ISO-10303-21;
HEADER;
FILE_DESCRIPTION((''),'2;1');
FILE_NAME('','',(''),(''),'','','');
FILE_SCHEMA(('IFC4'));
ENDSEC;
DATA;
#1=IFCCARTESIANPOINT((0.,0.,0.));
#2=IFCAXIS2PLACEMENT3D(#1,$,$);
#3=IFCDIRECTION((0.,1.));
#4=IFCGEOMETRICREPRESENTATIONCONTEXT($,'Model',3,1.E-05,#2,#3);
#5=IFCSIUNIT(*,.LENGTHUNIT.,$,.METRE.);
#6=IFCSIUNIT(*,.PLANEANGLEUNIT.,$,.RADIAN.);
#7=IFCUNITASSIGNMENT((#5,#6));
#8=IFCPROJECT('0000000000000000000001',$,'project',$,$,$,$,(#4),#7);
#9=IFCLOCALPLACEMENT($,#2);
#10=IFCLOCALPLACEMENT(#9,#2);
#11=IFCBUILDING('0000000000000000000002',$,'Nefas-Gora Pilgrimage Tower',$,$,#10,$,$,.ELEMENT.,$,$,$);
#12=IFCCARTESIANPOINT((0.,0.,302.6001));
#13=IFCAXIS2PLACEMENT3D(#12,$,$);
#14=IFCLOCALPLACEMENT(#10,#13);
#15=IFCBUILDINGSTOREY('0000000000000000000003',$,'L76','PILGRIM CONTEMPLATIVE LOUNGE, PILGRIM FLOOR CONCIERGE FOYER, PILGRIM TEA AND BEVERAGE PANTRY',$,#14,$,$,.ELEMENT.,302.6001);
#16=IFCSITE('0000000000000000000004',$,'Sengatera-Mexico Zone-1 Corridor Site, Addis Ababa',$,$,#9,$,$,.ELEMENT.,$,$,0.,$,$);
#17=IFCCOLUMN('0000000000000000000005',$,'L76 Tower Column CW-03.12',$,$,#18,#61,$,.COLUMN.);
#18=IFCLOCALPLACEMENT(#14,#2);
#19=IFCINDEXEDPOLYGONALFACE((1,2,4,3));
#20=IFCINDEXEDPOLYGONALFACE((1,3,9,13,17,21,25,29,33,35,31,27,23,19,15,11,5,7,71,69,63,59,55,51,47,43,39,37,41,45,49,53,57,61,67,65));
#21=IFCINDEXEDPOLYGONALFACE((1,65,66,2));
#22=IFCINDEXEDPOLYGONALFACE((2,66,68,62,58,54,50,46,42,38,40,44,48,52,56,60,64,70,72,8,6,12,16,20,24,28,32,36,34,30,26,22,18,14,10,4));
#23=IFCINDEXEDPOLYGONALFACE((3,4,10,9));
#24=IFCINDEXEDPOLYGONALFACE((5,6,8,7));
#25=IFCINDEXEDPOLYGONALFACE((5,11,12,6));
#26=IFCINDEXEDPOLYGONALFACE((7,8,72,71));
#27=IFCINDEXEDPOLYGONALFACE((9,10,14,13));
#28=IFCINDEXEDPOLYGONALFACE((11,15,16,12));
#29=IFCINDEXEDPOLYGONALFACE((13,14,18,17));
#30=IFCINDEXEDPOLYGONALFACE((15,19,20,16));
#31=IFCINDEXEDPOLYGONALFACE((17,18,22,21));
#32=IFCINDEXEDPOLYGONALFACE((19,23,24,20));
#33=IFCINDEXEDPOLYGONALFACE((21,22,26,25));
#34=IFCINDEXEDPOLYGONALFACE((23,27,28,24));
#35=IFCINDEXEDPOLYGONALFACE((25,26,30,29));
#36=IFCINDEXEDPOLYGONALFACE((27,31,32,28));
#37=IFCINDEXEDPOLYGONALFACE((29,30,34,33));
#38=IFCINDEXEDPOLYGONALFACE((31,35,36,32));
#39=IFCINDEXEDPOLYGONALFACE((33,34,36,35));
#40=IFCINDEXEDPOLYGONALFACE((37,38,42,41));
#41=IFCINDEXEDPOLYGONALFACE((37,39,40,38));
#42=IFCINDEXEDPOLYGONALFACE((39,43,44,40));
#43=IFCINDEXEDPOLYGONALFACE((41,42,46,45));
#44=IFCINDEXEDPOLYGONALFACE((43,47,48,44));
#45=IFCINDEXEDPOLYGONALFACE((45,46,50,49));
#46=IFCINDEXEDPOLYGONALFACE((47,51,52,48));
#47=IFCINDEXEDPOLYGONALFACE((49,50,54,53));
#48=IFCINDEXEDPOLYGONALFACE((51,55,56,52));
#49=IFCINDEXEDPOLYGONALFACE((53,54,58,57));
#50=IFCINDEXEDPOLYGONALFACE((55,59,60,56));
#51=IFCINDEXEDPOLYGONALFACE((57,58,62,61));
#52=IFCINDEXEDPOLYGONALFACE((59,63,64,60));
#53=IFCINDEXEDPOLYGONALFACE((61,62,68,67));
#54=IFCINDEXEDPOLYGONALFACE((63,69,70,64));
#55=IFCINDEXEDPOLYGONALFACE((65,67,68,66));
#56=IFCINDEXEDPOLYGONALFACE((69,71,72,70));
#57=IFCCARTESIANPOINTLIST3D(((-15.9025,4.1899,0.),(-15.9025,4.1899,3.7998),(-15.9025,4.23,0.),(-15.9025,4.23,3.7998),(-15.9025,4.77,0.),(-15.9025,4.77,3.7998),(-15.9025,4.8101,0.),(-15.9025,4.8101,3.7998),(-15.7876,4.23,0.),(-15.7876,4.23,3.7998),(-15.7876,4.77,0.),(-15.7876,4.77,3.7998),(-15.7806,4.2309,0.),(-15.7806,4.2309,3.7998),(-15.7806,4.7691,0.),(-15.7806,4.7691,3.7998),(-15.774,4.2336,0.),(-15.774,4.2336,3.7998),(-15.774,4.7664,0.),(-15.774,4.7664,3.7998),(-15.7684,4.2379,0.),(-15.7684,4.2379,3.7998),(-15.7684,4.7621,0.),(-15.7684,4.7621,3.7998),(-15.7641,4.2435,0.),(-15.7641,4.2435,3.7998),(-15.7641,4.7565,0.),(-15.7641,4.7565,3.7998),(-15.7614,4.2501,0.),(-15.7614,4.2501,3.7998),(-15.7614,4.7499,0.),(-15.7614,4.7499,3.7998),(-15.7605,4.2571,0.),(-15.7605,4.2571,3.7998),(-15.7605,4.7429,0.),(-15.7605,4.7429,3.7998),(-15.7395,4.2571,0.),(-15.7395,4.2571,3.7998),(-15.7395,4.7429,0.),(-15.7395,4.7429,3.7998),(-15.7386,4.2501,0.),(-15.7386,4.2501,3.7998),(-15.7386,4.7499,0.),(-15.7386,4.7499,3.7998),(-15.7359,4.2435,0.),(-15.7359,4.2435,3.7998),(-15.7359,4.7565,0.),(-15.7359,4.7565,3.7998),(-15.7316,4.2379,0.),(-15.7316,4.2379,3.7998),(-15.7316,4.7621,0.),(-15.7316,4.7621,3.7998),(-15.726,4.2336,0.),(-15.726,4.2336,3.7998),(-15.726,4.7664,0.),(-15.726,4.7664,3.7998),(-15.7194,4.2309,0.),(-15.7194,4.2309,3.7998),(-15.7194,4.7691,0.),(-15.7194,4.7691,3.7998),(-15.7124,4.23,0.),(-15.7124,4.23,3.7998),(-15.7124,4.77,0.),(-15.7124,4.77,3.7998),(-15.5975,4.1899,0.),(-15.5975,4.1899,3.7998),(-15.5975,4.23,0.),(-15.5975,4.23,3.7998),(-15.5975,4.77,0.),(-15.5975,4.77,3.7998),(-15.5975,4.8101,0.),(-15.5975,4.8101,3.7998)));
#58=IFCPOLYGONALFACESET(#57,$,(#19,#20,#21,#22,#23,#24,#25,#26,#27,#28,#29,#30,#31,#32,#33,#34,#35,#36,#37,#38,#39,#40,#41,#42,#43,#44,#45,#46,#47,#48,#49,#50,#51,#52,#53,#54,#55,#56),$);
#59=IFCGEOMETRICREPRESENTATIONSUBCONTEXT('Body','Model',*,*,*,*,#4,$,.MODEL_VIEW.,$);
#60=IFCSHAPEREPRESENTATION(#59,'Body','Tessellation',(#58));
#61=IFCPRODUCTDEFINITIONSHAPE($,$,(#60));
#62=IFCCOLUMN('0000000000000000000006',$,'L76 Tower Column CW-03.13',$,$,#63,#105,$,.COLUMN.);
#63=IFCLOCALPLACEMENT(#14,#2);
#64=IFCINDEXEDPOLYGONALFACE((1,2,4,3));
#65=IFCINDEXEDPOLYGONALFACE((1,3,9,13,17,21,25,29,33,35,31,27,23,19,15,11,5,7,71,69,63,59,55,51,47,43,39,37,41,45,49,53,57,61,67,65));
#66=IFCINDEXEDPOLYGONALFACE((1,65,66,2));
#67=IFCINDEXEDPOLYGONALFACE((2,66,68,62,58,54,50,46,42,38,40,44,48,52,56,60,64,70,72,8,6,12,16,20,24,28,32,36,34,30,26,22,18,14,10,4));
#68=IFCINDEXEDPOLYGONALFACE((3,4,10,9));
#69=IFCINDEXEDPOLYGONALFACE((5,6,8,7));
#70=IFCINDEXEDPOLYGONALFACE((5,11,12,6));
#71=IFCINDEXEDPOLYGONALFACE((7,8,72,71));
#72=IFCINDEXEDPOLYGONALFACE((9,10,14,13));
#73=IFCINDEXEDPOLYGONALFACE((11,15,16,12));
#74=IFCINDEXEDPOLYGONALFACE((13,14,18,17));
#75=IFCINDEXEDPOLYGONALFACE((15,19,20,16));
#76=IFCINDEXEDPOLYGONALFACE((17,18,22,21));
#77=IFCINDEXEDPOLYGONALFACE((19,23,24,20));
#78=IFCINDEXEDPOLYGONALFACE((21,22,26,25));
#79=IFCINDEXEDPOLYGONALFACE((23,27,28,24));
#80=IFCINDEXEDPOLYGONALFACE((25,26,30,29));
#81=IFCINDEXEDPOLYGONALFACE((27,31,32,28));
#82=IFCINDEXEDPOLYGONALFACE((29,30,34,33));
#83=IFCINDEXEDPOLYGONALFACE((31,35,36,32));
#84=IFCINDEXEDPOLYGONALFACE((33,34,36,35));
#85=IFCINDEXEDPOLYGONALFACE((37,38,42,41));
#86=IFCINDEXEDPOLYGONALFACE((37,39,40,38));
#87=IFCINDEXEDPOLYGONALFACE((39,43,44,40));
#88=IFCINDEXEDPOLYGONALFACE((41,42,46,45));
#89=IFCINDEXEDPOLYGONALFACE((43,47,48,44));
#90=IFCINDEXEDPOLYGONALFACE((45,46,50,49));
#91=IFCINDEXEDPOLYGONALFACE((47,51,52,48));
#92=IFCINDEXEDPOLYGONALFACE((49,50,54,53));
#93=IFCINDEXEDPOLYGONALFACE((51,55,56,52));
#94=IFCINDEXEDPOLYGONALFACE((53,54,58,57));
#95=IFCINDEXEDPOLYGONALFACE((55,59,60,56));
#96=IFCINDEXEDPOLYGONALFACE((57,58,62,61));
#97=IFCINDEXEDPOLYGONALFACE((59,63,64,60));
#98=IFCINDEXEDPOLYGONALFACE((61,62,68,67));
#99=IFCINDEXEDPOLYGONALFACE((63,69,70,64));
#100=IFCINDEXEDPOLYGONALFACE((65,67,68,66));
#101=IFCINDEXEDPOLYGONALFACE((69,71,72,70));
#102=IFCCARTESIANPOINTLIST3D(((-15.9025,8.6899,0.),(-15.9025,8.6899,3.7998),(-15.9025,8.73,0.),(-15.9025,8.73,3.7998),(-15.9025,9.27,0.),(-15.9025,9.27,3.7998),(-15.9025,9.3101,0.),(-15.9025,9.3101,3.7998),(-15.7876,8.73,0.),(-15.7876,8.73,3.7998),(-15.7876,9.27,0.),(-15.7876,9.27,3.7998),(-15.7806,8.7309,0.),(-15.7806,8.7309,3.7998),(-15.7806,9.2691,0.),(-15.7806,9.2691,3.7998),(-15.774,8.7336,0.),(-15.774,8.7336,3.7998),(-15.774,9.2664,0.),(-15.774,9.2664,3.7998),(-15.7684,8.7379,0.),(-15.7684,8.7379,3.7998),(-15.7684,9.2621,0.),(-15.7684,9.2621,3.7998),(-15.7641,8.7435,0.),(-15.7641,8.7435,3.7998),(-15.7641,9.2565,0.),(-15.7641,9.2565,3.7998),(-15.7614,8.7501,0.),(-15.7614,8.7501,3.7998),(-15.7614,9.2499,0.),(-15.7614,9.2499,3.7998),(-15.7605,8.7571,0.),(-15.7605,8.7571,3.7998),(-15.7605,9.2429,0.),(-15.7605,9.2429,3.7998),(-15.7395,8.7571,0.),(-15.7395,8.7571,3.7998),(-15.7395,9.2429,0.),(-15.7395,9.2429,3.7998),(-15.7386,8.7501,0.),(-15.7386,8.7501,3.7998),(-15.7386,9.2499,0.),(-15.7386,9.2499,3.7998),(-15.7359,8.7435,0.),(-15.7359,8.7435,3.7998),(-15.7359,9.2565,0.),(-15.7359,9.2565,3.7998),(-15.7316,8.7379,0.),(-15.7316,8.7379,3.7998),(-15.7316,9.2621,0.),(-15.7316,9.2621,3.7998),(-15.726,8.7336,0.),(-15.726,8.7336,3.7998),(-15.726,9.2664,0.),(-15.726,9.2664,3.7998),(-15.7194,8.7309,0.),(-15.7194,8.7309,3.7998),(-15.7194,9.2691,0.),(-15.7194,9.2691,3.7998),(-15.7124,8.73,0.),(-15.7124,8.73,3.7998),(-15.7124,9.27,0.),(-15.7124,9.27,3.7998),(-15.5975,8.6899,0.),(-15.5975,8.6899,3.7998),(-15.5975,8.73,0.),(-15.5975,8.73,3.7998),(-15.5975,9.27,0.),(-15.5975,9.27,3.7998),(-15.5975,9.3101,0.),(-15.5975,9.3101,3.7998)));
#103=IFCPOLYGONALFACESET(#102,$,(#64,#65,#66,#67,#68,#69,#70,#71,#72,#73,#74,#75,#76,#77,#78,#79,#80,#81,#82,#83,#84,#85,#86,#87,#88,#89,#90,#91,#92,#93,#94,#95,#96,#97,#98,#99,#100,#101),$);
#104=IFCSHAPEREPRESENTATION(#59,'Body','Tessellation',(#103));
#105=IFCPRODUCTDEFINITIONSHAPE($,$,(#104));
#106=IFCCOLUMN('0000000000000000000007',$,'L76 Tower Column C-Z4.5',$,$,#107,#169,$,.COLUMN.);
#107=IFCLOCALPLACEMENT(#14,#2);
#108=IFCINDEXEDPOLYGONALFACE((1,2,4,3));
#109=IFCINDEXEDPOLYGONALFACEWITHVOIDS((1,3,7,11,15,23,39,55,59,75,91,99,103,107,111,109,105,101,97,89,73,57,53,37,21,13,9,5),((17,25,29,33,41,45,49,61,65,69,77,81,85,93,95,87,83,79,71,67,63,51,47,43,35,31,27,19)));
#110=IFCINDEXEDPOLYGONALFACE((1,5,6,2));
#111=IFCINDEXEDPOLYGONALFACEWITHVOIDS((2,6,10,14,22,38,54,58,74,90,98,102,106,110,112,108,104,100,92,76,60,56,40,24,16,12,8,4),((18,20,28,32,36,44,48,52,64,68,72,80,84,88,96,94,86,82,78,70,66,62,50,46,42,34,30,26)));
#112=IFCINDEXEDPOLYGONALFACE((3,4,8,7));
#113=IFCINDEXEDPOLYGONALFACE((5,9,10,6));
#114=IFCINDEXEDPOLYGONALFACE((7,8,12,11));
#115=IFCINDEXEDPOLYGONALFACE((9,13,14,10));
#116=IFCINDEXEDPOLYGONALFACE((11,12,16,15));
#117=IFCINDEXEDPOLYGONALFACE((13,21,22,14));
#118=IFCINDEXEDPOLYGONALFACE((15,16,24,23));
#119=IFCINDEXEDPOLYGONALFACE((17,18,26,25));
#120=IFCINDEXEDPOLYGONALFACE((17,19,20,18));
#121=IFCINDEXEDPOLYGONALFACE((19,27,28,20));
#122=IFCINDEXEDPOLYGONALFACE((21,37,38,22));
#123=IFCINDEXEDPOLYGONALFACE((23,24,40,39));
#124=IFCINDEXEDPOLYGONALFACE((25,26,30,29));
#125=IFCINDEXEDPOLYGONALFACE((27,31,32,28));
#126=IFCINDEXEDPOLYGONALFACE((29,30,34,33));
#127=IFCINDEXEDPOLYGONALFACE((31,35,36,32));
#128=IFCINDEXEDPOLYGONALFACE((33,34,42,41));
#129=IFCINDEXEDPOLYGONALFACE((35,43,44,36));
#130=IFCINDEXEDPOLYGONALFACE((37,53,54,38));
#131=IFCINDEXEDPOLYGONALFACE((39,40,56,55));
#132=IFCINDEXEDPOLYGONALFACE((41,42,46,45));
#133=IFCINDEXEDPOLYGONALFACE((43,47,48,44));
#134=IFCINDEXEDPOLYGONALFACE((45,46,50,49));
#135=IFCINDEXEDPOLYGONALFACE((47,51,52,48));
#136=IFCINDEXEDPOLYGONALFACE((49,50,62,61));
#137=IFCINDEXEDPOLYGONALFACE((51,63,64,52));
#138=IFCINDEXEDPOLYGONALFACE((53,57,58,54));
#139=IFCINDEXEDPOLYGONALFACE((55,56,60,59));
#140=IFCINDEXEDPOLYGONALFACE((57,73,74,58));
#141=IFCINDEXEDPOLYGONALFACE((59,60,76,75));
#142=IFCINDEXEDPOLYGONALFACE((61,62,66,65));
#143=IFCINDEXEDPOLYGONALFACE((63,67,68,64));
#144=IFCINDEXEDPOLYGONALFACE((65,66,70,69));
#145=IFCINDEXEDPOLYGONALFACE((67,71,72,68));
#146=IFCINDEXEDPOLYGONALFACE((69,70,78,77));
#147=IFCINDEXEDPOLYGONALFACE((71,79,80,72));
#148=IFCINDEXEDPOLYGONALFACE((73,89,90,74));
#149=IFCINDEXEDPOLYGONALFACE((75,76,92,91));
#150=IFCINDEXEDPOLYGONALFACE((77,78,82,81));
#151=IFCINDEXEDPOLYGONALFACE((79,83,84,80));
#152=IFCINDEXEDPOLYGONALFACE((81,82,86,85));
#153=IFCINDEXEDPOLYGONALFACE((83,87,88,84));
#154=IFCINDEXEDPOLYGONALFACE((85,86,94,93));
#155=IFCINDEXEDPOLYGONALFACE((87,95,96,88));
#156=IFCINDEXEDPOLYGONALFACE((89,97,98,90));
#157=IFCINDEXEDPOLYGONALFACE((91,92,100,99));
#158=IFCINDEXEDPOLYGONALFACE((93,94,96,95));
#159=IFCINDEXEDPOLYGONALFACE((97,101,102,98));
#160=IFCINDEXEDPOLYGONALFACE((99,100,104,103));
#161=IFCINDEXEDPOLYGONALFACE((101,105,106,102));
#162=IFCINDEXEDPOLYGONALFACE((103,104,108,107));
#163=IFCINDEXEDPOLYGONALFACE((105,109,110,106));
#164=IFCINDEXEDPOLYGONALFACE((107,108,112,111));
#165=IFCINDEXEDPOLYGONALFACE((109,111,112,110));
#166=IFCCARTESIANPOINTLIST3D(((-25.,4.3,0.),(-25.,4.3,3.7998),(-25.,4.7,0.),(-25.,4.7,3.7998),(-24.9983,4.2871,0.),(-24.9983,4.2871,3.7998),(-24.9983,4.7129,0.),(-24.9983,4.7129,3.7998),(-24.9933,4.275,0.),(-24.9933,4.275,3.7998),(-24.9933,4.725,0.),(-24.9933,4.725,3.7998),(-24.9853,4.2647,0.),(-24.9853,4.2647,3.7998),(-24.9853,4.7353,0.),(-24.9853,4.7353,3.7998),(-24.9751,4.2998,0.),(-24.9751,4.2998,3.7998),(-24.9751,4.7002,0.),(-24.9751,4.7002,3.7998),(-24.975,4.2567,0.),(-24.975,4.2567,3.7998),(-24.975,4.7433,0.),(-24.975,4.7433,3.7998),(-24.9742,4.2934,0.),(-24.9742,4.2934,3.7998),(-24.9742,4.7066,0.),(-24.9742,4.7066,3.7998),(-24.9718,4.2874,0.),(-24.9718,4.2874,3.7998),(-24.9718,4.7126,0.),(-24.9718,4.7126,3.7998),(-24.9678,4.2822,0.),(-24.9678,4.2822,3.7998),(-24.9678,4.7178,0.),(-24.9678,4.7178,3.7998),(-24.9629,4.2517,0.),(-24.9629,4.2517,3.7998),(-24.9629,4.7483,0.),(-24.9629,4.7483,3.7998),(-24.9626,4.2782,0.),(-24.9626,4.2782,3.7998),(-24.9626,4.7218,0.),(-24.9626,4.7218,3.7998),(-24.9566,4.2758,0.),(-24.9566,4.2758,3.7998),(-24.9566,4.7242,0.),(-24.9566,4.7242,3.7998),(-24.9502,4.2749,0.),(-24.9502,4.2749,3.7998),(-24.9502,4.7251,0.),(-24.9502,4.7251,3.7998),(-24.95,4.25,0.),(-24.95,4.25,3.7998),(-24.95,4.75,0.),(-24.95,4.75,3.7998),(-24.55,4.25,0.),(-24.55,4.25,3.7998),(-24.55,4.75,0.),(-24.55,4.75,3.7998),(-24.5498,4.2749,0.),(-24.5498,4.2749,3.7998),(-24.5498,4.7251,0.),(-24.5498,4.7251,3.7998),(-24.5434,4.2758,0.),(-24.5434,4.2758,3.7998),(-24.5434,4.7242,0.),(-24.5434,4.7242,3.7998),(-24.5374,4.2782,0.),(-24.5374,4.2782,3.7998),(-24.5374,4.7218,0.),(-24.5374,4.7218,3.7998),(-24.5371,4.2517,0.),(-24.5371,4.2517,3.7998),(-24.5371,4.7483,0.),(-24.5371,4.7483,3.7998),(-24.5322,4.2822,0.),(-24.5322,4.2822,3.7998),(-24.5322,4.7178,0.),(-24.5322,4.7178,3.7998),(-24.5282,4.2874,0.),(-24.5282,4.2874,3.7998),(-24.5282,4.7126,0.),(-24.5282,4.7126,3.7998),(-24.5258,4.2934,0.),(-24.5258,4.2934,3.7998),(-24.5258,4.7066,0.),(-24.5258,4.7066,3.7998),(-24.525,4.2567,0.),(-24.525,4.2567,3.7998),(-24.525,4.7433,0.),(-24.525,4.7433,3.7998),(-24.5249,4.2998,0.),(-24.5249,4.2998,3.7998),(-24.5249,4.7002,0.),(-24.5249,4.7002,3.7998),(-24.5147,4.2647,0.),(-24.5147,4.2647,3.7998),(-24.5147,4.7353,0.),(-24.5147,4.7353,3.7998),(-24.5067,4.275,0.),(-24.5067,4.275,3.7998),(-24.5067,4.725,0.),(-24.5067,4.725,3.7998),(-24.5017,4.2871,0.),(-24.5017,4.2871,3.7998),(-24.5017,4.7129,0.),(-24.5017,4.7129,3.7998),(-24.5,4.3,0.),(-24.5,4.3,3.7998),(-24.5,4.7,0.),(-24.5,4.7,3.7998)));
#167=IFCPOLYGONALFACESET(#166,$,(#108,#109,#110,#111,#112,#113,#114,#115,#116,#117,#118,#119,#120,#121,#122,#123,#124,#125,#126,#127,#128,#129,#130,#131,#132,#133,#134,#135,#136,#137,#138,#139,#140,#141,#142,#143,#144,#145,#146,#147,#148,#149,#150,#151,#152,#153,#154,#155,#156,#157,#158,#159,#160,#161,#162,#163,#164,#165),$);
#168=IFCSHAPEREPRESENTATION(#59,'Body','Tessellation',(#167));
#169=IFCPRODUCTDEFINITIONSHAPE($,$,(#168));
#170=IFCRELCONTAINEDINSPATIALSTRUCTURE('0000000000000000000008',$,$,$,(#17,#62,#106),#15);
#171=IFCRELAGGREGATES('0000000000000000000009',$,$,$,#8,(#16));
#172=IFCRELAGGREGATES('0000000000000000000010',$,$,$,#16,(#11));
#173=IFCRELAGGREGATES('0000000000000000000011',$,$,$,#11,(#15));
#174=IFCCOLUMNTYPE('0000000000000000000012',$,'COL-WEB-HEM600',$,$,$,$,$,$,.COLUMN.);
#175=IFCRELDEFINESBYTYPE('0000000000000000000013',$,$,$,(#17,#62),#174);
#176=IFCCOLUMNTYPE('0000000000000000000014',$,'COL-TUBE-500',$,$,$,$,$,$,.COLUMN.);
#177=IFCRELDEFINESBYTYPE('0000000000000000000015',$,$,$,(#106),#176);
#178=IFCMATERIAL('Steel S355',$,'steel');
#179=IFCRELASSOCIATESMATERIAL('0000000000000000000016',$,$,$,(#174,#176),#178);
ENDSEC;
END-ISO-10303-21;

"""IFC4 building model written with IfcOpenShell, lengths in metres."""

from ifc_helpers import new_model, si_unit, direction, frame, origin, origin_2d, place, context, subcontext, project, spatial, hollow_rectangle, i_section, extrude, source, transform, mapped, material, material_profile, profile_set, type_object, element, save


model = new_model("IFC4")

# Units and contexts
model_context = context("Model", 3, precision=1e-05, world=origin(), true_north=direction((0.0, 1.0)))
body_context = subcontext(model_context, "Body", "Model", "MODEL_VIEW")
ifc_project = project(units=[si_unit("LENGTHUNIT", "METRE"), si_unit("PLANEANGLEUNIT", "RADIAN")], contexts=[model_context])

# Site, building, storey
site_placement = place(None, origin())
site = spatial("IfcSite", under=ifc_project, at=site_placement, Name="Sengatera-Mexico Zone-1 Corridor Site, Addis Ababa", CompositionType="ELEMENT", RefElevation=0.0)
building_placement = place(site_placement, origin())
building = spatial("IfcBuilding", under=site, at=building_placement, Name="Nefas-Gora Pilgrimage Tower", CompositionType="ELEMENT")
storey_placement = place(building_placement, frame((0.0, 0.0, 302.6001)))
storey = spatial("IfcBuildingStorey", under=building, at=storey_placement, Name="L76", Description="PILGRIM CONTEMPLATIVE LOUNGE, PILGRIM FLOOR CONCIERGE FOYER, PILGRIM TEA AND BEVERAGE PANTRY", CompositionType="ELEMENT", Elevation=302.6001)

# Columns
ifc_material_1 = material(Name="Steel S355", Category="steel")
ifc_material_profile_1 = material_profile(ifc_material_1, i_section(OverallWidth=0.3049, OverallDepth=0.6201, WebThickness=0.021, FlangeThickness=0.04, FilletRadius=0.0271, at=origin_2d()), Name="HEM 600")
ifc_profile_set_1 = profile_set([ifc_material_profile_1], Name="Steel S355")
column_type_1 = type_object("IfcColumnType", Name="COL-WEB-HEM600", PredefinedType="COLUMN", material=ifc_profile_set_1)
shared_shape_1 = source(origin(), body_context, "Body", "SweptSolid", [
    extrude(i_section(OverallWidth=0.3049, OverallDepth=0.6201, WebThickness=0.021, FlangeThickness=0.04, FilletRadius=0.0271, at=origin_2d()), origin(), (0.0, 0.0, 1.0), 3.7998),
])
for number, where, z_axis, x_axis, name in (
    (1, (-15.75, 4.5, 0.0), (0.0, 0.0, 1.0), (1.0, 0.0, 0.0), "L76 Tower Column CW-03.12"),
    (2, (-15.75, 9.0, 0.0), (0.0, 0.0, 1.0), (1.0, 0.0, 0.0), "L76 Tower Column CW-03.13"),
):
    element("IfcColumn", number, at=place(storey_placement, frame(where, z_axis=z_axis, x_axis=x_axis)), inside=storey, type_object=column_type_1, Name=name, PredefinedType="COLUMN", context=body_context, shape_type="MappedRepresentation", body=[
        mapped(shared_shape_1, transform((0.0, 0.0, 0.0), x_axis=(1.0, 0.0, 0.0), y_axis=(0.0, 1.0, 0.0), z_axis=(0.0, 0.0, 1.0), scale=1.0)),
    ])
ifc_material_profile_2 = material_profile(ifc_material_1, hollow_rectangle(XDim=0.5, YDim=0.5, WallThickness=0.0249, InnerFilletRadius=0.0249, OuterFilletRadius=0.05, at=origin_2d()), Name="SHS 500x500x25")
ifc_profile_set_2 = profile_set([ifc_material_profile_2], Name="Steel S355")
column_type_2 = type_object("IfcColumnType", Name="COL-TUBE-500", PredefinedType="COLUMN", material=ifc_profile_set_2)
shared_shape_2 = source(origin(), body_context, "Body", "SweptSolid", [
    extrude(hollow_rectangle(XDim=0.5, YDim=0.5, WallThickness=0.0249, InnerFilletRadius=0.0249, OuterFilletRadius=0.05, at=origin_2d()), origin(), (0.0, 0.0, 1.0), 3.7998),
])
for number, where, z_axis, x_axis, name in (
    (3, (-24.75, 4.5, 0.0), (0.0, 0.0, 1.0), (1.0, 0.0, 0.0), "L76 Tower Column C-Z4.5"),
):
    element("IfcColumn", number, at=place(storey_placement, frame(where, z_axis=z_axis, x_axis=x_axis)), inside=storey, type_object=column_type_2, Name=name, PredefinedType="COLUMN", context=body_context, shape_type="MappedRepresentation", body=[
        mapped(shared_shape_2, transform((0.0, 0.0, 0.0), x_axis=(1.0, 0.0, 0.0), y_axis=(0.0, 1.0, 0.0), z_axis=(0.0, 0.0, 1.0), scale=1.0)),
    ])

save(model, "model.ifc")
